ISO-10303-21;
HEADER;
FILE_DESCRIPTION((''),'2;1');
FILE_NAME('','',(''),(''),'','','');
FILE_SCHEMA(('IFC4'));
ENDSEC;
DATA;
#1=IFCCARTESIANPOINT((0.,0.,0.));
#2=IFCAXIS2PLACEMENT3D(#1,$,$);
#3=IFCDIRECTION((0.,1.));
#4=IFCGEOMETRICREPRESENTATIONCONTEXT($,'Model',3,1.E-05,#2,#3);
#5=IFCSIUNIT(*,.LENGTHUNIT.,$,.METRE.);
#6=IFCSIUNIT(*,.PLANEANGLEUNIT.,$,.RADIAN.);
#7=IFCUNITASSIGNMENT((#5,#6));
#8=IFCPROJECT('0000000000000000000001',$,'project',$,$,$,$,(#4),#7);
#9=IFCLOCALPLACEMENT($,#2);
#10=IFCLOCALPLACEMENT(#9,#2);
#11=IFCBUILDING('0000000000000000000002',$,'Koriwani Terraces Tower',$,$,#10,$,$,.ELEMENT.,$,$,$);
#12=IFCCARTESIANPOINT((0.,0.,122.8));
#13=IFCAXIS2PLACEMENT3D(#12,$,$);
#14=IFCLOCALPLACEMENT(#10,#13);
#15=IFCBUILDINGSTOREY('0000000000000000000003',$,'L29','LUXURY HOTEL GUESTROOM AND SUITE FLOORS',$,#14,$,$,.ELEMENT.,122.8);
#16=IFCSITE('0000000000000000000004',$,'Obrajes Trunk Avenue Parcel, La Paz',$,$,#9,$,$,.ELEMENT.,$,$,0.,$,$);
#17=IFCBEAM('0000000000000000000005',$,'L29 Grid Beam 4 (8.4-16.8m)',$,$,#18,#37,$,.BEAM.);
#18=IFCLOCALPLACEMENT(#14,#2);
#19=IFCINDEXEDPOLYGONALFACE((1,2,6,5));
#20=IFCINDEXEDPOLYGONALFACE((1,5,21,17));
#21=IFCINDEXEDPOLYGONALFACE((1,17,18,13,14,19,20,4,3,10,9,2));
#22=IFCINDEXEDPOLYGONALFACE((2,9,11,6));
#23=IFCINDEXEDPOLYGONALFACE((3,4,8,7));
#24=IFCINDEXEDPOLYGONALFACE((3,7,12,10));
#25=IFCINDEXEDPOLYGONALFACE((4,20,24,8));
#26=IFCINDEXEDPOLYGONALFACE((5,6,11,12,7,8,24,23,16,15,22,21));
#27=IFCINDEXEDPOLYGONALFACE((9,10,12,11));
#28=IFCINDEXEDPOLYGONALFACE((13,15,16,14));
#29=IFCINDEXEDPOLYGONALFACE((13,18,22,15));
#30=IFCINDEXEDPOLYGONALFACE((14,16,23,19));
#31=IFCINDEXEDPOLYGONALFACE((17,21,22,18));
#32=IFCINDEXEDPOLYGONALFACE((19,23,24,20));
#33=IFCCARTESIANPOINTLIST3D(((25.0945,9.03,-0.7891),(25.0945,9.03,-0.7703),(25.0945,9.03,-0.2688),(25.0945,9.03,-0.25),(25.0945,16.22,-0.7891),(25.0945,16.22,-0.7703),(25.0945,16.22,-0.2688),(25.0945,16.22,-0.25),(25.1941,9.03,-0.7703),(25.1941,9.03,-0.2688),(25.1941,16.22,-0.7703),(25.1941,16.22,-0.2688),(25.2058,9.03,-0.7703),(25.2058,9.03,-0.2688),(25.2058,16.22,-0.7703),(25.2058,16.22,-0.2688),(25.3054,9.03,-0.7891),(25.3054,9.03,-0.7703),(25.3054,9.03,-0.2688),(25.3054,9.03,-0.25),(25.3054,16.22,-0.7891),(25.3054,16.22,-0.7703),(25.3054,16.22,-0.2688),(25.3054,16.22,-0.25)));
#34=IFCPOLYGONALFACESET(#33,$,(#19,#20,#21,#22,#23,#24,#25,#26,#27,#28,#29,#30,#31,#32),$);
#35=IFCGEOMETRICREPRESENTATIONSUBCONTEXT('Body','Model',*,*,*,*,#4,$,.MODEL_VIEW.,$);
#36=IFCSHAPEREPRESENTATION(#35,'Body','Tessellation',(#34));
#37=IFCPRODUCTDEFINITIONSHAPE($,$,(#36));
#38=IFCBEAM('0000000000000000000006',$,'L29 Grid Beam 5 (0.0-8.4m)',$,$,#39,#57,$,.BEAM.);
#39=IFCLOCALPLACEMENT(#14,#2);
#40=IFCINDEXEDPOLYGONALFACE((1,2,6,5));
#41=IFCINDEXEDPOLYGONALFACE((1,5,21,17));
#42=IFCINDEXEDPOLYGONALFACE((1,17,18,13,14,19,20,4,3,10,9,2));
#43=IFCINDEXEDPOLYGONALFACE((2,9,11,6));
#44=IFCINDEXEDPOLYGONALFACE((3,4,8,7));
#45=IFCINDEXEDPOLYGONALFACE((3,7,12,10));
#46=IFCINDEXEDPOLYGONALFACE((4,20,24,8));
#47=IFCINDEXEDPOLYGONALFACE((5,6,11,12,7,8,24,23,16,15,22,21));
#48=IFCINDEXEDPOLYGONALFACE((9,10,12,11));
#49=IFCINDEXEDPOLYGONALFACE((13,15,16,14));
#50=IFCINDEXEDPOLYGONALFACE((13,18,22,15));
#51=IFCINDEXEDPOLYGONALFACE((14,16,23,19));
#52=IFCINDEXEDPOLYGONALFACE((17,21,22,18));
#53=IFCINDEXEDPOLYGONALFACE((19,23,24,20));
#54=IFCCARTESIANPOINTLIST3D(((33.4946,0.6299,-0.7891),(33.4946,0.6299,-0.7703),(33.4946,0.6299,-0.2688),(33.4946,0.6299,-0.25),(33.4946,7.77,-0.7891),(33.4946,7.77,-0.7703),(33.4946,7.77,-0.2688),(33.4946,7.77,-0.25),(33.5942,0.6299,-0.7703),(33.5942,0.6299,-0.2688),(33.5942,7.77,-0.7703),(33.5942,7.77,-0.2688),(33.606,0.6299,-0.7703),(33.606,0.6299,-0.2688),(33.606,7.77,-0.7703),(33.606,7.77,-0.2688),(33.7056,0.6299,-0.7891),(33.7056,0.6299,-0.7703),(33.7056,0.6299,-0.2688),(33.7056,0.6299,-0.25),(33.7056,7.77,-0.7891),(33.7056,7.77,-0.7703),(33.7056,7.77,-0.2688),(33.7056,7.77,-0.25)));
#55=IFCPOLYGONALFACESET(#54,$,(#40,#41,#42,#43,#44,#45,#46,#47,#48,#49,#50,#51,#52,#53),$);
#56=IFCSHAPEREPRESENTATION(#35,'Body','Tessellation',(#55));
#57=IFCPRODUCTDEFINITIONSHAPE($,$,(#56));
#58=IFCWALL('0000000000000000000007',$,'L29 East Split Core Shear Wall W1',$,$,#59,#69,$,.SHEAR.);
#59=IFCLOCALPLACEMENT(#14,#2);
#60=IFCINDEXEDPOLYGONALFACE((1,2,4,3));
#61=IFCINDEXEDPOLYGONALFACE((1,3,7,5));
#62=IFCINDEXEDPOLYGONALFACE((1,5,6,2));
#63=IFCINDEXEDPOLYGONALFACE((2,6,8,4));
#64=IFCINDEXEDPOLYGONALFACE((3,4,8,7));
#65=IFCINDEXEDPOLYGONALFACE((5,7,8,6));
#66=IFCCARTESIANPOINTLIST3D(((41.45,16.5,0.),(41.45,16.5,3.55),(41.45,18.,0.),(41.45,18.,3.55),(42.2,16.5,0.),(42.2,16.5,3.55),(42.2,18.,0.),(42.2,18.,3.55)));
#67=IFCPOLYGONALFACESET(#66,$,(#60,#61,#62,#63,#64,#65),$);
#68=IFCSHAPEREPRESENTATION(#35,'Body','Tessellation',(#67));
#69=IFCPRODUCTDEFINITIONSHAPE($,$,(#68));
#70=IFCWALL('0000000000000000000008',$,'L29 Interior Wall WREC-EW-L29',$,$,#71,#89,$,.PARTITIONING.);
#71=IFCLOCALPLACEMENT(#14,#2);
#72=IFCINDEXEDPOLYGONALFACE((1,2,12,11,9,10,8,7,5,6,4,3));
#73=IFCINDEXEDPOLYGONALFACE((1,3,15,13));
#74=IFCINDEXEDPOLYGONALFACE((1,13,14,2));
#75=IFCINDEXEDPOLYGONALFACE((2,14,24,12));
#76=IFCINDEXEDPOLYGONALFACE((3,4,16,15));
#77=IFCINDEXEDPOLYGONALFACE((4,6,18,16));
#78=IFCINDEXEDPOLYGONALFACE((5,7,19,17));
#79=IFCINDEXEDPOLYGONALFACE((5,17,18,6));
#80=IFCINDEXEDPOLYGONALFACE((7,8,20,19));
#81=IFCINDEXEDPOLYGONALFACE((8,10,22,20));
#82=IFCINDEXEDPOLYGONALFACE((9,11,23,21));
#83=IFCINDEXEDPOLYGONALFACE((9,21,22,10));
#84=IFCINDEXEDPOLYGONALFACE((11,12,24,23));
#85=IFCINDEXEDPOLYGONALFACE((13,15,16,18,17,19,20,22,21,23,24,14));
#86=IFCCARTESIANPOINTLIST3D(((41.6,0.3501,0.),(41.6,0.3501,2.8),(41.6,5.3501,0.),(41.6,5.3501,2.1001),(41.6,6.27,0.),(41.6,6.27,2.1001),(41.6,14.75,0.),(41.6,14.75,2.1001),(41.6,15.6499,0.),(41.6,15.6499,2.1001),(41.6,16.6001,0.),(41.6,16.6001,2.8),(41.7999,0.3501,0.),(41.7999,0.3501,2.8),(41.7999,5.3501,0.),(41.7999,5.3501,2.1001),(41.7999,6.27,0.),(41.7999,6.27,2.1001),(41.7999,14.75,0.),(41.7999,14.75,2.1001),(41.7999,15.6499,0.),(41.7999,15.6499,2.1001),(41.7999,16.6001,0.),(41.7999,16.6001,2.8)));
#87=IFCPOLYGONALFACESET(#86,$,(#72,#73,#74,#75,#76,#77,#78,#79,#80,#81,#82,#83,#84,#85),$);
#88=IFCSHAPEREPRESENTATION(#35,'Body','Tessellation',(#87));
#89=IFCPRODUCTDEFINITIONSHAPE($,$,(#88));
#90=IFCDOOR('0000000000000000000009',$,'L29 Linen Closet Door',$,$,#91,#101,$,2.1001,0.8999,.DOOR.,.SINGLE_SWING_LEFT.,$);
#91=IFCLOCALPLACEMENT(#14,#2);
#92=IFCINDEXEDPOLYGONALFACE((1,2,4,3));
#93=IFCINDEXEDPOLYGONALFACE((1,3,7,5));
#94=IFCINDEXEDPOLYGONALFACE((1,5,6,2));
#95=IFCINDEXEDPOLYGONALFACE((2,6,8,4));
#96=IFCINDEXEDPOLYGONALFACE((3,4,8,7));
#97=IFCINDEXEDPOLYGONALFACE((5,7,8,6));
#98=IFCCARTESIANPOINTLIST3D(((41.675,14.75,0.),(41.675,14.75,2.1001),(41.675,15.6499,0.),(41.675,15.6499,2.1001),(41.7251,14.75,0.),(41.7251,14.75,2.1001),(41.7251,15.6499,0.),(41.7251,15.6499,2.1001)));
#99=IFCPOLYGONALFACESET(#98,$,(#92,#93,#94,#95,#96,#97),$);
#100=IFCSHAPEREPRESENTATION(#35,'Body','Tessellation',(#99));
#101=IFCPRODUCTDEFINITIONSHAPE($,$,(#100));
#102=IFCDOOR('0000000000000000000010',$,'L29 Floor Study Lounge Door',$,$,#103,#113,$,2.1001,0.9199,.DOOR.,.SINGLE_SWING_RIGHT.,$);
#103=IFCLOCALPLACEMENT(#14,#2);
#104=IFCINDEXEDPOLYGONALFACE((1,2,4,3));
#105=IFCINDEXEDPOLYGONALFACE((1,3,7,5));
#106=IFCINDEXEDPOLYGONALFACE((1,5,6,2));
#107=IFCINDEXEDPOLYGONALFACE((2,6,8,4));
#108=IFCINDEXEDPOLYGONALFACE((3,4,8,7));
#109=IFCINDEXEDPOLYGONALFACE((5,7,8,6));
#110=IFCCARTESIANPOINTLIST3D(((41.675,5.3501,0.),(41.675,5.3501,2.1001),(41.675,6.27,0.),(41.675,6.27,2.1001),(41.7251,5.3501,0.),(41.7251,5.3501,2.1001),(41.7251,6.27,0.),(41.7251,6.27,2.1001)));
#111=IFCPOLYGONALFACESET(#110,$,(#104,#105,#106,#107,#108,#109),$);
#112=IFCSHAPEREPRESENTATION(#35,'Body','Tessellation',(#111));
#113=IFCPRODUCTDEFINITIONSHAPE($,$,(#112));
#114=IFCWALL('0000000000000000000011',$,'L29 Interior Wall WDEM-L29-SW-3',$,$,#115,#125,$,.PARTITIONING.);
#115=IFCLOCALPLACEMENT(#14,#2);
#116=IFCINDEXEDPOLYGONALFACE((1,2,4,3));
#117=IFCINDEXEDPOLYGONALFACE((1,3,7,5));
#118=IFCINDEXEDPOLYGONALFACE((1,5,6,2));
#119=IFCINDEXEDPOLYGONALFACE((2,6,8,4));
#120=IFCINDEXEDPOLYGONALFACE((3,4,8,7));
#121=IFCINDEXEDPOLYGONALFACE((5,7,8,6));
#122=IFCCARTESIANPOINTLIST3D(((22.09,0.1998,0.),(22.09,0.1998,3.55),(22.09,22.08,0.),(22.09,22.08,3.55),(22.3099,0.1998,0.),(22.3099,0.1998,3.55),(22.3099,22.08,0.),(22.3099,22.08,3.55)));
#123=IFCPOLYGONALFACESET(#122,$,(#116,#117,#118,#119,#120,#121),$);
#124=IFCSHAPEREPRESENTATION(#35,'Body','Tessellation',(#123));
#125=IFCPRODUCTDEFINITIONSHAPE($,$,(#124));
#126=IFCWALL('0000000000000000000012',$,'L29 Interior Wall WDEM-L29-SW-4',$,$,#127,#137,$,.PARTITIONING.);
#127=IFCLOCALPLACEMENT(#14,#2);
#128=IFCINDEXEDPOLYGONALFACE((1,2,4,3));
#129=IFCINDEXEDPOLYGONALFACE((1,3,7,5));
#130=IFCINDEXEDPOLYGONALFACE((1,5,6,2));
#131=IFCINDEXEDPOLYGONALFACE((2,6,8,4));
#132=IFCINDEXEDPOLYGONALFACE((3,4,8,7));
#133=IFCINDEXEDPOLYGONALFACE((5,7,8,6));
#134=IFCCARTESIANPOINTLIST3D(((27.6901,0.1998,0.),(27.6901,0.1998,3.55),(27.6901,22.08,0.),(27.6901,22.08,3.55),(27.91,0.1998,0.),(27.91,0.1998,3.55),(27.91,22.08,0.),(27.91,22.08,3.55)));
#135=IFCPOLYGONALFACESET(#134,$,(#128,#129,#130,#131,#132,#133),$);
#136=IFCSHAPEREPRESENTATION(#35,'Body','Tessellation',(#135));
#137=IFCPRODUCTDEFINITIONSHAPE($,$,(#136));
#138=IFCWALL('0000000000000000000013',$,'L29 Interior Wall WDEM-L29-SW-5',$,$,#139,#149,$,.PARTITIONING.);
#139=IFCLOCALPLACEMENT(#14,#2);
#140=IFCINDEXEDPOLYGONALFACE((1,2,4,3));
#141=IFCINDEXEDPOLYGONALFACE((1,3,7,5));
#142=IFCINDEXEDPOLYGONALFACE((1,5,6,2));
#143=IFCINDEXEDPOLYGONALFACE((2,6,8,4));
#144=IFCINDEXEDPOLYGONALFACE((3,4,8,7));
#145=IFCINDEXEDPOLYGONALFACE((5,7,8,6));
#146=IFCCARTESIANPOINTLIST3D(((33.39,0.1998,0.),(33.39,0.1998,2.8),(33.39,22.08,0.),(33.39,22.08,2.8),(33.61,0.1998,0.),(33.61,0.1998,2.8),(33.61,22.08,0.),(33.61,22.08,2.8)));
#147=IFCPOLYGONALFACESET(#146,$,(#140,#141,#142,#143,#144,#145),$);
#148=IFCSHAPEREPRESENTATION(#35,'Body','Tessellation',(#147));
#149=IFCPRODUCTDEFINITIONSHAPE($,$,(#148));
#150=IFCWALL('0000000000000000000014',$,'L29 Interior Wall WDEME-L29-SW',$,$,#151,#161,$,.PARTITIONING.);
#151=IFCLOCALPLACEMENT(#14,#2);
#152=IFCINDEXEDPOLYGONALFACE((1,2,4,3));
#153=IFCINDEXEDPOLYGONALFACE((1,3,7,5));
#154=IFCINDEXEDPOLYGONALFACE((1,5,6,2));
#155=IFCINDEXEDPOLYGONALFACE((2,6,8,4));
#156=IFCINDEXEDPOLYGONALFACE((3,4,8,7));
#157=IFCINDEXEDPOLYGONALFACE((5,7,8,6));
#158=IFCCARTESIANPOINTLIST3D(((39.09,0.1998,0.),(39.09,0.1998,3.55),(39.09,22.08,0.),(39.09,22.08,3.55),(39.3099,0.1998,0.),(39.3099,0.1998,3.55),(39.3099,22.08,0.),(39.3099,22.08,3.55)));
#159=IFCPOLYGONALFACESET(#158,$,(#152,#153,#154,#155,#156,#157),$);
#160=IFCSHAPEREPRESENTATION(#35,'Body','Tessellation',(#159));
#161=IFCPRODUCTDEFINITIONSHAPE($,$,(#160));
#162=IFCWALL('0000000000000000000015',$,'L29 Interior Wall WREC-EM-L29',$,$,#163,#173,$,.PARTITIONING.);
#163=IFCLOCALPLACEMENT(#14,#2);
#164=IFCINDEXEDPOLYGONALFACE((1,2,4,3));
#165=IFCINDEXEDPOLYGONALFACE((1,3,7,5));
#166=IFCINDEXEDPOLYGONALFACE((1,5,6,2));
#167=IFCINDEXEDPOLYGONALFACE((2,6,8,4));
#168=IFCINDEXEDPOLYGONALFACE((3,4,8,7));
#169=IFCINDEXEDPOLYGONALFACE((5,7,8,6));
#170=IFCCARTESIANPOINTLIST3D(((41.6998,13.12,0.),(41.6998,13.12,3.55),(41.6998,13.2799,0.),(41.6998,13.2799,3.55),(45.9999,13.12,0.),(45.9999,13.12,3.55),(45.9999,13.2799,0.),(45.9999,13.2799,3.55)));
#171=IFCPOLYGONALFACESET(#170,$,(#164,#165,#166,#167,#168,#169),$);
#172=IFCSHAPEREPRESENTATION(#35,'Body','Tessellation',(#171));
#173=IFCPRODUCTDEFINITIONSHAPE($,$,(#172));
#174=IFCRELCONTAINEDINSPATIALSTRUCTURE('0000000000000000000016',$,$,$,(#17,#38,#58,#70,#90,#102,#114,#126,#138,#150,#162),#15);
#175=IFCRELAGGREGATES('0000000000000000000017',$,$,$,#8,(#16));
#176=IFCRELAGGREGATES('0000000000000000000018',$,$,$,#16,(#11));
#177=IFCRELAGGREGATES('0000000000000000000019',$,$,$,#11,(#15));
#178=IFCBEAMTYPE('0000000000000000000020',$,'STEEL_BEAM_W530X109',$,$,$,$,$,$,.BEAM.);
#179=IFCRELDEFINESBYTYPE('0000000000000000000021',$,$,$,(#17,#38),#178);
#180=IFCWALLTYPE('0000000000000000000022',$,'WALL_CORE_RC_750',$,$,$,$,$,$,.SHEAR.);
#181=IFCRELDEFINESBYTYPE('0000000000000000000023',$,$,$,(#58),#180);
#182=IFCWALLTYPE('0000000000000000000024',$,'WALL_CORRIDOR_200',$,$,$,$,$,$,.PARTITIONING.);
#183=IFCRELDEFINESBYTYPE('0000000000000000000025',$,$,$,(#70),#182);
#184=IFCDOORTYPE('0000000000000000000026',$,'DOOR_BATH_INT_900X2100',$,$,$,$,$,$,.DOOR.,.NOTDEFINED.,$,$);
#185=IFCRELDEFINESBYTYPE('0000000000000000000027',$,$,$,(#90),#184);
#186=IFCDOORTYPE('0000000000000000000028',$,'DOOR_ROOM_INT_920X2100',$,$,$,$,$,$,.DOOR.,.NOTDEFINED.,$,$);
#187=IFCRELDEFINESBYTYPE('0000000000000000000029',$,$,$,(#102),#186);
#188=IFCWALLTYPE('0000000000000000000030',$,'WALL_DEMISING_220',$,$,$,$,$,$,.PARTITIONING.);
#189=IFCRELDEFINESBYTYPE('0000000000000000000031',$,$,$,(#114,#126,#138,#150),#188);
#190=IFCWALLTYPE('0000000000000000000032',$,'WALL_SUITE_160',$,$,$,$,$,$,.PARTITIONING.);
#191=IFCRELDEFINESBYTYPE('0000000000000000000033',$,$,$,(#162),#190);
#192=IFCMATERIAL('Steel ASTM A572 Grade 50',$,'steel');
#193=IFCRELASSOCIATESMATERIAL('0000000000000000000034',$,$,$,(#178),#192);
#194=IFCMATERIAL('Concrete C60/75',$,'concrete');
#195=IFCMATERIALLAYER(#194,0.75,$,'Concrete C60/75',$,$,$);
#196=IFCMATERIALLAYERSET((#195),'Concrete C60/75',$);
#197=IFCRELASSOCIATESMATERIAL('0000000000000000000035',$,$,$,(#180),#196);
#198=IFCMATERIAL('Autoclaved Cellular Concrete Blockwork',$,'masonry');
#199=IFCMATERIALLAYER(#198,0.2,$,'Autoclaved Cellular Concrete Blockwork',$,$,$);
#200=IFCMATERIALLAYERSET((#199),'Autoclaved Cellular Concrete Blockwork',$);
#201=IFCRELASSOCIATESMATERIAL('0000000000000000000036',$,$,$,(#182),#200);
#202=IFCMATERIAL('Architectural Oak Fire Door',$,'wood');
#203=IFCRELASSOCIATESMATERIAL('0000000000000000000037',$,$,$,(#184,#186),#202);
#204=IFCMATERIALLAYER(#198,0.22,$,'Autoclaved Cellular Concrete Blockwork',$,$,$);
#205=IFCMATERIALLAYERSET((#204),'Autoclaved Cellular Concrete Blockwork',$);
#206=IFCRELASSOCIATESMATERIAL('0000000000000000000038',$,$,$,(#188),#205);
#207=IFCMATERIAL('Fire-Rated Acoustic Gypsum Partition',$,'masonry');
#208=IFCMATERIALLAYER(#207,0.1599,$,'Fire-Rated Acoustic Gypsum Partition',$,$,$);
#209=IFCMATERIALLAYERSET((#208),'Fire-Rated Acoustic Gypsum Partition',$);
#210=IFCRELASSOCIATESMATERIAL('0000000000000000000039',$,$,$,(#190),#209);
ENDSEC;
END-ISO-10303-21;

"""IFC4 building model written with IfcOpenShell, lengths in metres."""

from ifc_helpers import new_model, si_unit, direction, frame, frame_2d, origin, origin_2d, place, context, subcontext, project, spatial, rectangle, i_section, extrude, material, layer, layer_set, material_profile, profile_set, type_object, element, fill, save


model = new_model("IFC4")

# Units and contexts
model_context = context("Model", 3, precision=1e-05, world=origin(), true_north=direction((0.0, 1.0)))
body_context = subcontext(model_context, "Body", "Model", "MODEL_VIEW")
ifc_project = project(units=[si_unit("LENGTHUNIT", "METRE"), si_unit("PLANEANGLEUNIT", "RADIAN")], contexts=[model_context])

# Site, building, storey
site_placement = place(None, origin())
site = spatial("IfcSite", under=ifc_project, at=site_placement, Name="Obrajes Trunk Avenue Parcel, La Paz", CompositionType="ELEMENT", RefElevation=0.0)
building_placement = place(site_placement, origin())
building = spatial("IfcBuilding", under=site, at=building_placement, Name="Koriwani Terraces Tower", CompositionType="ELEMENT")
storey_placement = place(building_placement, frame((0.0, 0.0, 122.8)))
storey = spatial("IfcBuildingStorey", under=building, at=storey_placement, Name="L29", Description="LUXURY HOTEL GUESTROOM AND SUITE FLOORS", CompositionType="ELEMENT", Elevation=122.8)

# Shared definitions
ifc_material_1 = material(Name="Concrete C60/75", Category="concrete")

# Beams
ifc_material_2 = material(Name="Steel ASTM A572 Grade 50", Category="steel")
ifc_material_profile_1 = material_profile(ifc_material_2, i_section(OverallWidth=0.2109, OverallDepth=0.5391, WebThickness=0.0117, FlangeThickness=0.0188, at=origin_2d()), Name="Steel ASTM A572 Grade 50", Category="LoadBearing")
ifc_profile_set_1 = profile_set([ifc_material_profile_1], Name="Steel ASTM A572 Grade 50")
beam_type_1 = type_object("IfcBeamType", Name="STEEL_BEAM_W530X109", PredefinedType="BEAM", material=ifc_profile_set_1)
beam_1_placement = place(storey_placement, frame((25.2, 9.03, -0.5195), z_axis=(0.0, 1.0, 0.0), x_axis=(-1.0, 0.0, 0.0)))
element("IfcBeam", 1, at=beam_1_placement, inside=storey, type_object=beam_type_1, Name="L29 Grid Beam 4 (8.4-16.8m)", PredefinedType="BEAM", context=body_context, shape_type="SweptSolid", body=[
    extrude(i_section(OverallWidth=0.2109, OverallDepth=0.5391, WebThickness=0.0117, FlangeThickness=0.0188, at=origin_2d()), origin(), (0.0, 0.0, 1.0), 7.1899),
])
beam_2_placement = place(storey_placement, frame((33.6001, 0.6299, -0.5195), z_axis=(0.0, 1.0, 0.0), x_axis=(-1.0, 0.0, 0.0)))
element("IfcBeam", 2, at=beam_2_placement, inside=storey, type_object=beam_type_1, Name="L29 Grid Beam 5 (0.0-8.4m)", PredefinedType="BEAM", context=body_context, shape_type="SweptSolid", body=[
    extrude(i_section(OverallWidth=0.2109, OverallDepth=0.5391, WebThickness=0.0117, FlangeThickness=0.0188, at=origin_2d()), origin(), (0.0, 0.0, 1.0), 7.1401),
])

# Wall
ifc_layer_1 = layer(ifc_material_1, 0.75, Name="Concrete C60/75")
ifc_layer_set_1 = layer_set([ifc_layer_1], Name="Concrete C60/75")
wall_type_1 = type_object("IfcWallType", Name="WALL_CORE_RC_750", PredefinedType="SHEAR", material=ifc_layer_set_1)
wall_1_placement = place(storey_placement, frame((41.825, 16.5, 0.0), z_axis=(0.0, 0.0, 1.0), x_axis=(0.0, 1.0, 0.0)))
element("IfcWall", 3, at=wall_1_placement, inside=storey, type_object=wall_type_1, Name="L29 East Split Core Shear Wall W1", PredefinedType="SHEAR", context=body_context, shape_type="SweptSolid", body=[
    extrude(rectangle(XDim=1.5, YDim=0.75, at=frame_2d((0.75, 0.0))), origin(), (0.0, 0.0, 1.0), 3.55),
])

# Wall, openings, doors
ifc_material_3 = material(Name="Autoclaved Cellular Concrete Blockwork", Category="masonry")
ifc_layer_2 = layer(ifc_material_3, 0.2, Name="Autoclaved Cellular Concrete Blockwork")
ifc_layer_set_2 = layer_set([ifc_layer_2], Name="Autoclaved Cellular Concrete Blockwork")
wall_type_2 = type_object("IfcWallType", Name="WALL_CORRIDOR_200", PredefinedType="PARTITIONING", material=ifc_layer_set_2)
wall_2_placement = place(storey_placement, frame((41.7, 0.3501, 0.0), z_axis=(0.0, 0.0, 1.0), x_axis=(0.0, 1.0, 0.0)))
wall_2 = element("IfcWall", 4, at=wall_2_placement, inside=storey, type_object=wall_type_2, Name="L29 Interior Wall WREC-EW-L29", PredefinedType="PARTITIONING", context=body_context, shape_type="SweptSolid", body=[
    extrude(rectangle(XDim=16.25, YDim=0.2, at=frame_2d((8.125, 0.0))), origin(), (0.0, 0.0, 1.0), 2.8),
])
opening_1_placement = place(wall_2_placement, frame((5.0, 0.0, 0.0)))
opening_1 = element("IfcOpeningElement", 5, at=opening_1_placement, cuts=wall_2, PredefinedType="OPENING", context=body_context, shape_type="SweptSolid", body=[
    extrude(rectangle(XDim=0.9199, YDim=2.1001, at=frame_2d((0.46, 1.05))), frame((0.0, 0.1099, 0.0), z_axis=(0.0, -1.0, 0.0), x_axis=(1.0, 0.0, 0.0)), (0.0, 0.0, 1.0), 0.22),
])
opening_2_placement = place(wall_2_placement, frame((14.3999, 0.0, 0.0)))
opening_2 = element("IfcOpeningElement", 6, at=opening_2_placement, cuts=wall_2, PredefinedType="OPENING", context=body_context, shape_type="SweptSolid", body=[
    extrude(rectangle(XDim=0.8999, YDim=2.1001, at=frame_2d((0.45, 1.05))), frame((0.0, 0.1099, 0.0), z_axis=(0.0, -1.0, 0.0), x_axis=(1.0, 0.0, 0.0)), (0.0, 0.0, 1.0), 0.22),
])
ifc_material_4 = material(Name="Architectural Oak Fire Door", Category="wood")
door_type_1 = type_object("IfcDoorType", Name="DOOR_BATH_INT_900X2100", OperationType="NOTDEFINED", PredefinedType="DOOR", material=ifc_material_4)
door_1_placement = place(opening_2_placement, origin())
door_1 = element("IfcDoor", 7, at=door_1_placement, inside=storey, type_object=door_type_1, Name="L29 Linen Closet Door", OperationType="SINGLE_SWING_LEFT", OverallHeight=2.1001, OverallWidth=0.8999, PredefinedType="DOOR", context=body_context, shape_type="SweptSolid", body=[
    extrude(rectangle(XDim=0.8999, YDim=2.1001, at=frame_2d((0.45, 1.05))), frame((0.0, 0.0249, 0.0), z_axis=(0.0, -1.0, 0.0), x_axis=(1.0, 0.0, 0.0)), (0.0, 0.0, 1.0), 0.05),
])
fill(opening_2, door_1)
door_type_2 = type_object("IfcDoorType", Name="DOOR_ROOM_INT_920X2100", OperationType="NOTDEFINED", PredefinedType="DOOR", material=ifc_material_4)
door_2_placement = place(opening_1_placement, origin())
door_2 = element("IfcDoor", 8, at=door_2_placement, inside=storey, type_object=door_type_2, Name="L29 Floor Study Lounge Door", OperationType="SINGLE_SWING_RIGHT", OverallHeight=2.1001, OverallWidth=0.9199, PredefinedType="DOOR", context=body_context, shape_type="SweptSolid", body=[
    extrude(rectangle(XDim=0.9199, YDim=2.1001, at=frame_2d((0.46, 1.05))), frame((0.0, 0.0249, 0.0), z_axis=(0.0, -1.0, 0.0), x_axis=(1.0, 0.0, 0.0)), (0.0, 0.0, 1.0), 0.05),
])
fill(opening_1, door_2)

# Walls
ifc_layer_3 = layer(ifc_material_3, 0.22, Name="Autoclaved Cellular Concrete Blockwork")
ifc_layer_set_3 = layer_set([ifc_layer_3], Name="Autoclaved Cellular Concrete Blockwork")
wall_type_3 = type_object("IfcWallType", Name="WALL_DEMISING_220", PredefinedType="PARTITIONING", material=ifc_layer_set_3)
for number, where, z_axis, x_axis, name in (
    (9, (22.2, 0.2, 0.0), (0.0, 0.0, 1.0), (0.0, 1.0, 0.0), "L29 Interior Wall WDEM-L29-SW-3"),
    (10, (27.8, 0.2, 0.0), (0.0, 0.0, 1.0), (0.0, 1.0, 0.0), "L29 Interior Wall WDEM-L29-SW-4"),
):
    element("IfcWall", number, at=place(storey_placement, frame(where, z_axis=z_axis, x_axis=x_axis)), inside=storey, type_object=wall_type_3, Name=name, PredefinedType="PARTITIONING", context=body_context, shape_type="SweptSolid", body=[
        extrude(rectangle(XDim=21.8801, YDim=0.22, at=frame_2d((10.9399, 0.0))), origin(), (0.0, 0.0, 1.0), 3.55),
    ])
wall_3_placement = place(storey_placement, frame((33.5, 0.2, 0.0), z_axis=(0.0, 0.0, 1.0), x_axis=(0.0, 1.0, 0.0)))
element("IfcWall", 11, at=wall_3_placement, inside=storey, type_object=wall_type_3, Name="L29 Interior Wall WDEM-L29-SW-5", PredefinedType="PARTITIONING", context=body_context, shape_type="SweptSolid", body=[
    extrude(rectangle(XDim=21.8801, YDim=0.22, at=frame_2d((10.9399, 0.0))), origin(), (0.0, 0.0, 1.0), 2.8),
])
wall_4_placement = place(storey_placement, frame((39.2, 0.2, 0.0), z_axis=(0.0, 0.0, 1.0), x_axis=(0.0, 1.0, 0.0)))
element("IfcWall", 12, at=wall_4_placement, inside=storey, type_object=wall_type_3, Name="L29 Interior Wall WDEME-L29-SW", PredefinedType="PARTITIONING", context=body_context, shape_type="SweptSolid", body=[
    extrude(rectangle(XDim=21.8801, YDim=0.22, at=frame_2d((10.9399, 0.0))), origin(), (0.0, 0.0, 1.0), 3.55),
])
ifc_material_5 = material(Name="Fire-Rated Acoustic Gypsum Partition", Category="masonry")
ifc_layer_4 = layer(ifc_material_5, 0.1599, Name="Fire-Rated Acoustic Gypsum Partition")
ifc_layer_set_4 = layer_set([ifc_layer_4], Name="Fire-Rated Acoustic Gypsum Partition")
wall_type_4 = type_object("IfcWallType", Name="WALL_SUITE_160", PredefinedType="PARTITIONING", material=ifc_layer_set_4)
wall_5_placement = place(storey_placement, frame((41.7, 13.2, 0.0), z_axis=(0.0, 0.0, 1.0), x_axis=(1.0, 0.0, 0.0)))
element("IfcWall", 13, at=wall_5_placement, inside=storey, type_object=wall_type_4, Name="L29 Interior Wall WREC-EM-L29", PredefinedType="PARTITIONING", context=body_context, shape_type="SweptSolid", body=[
    extrude(rectangle(XDim=4.3, YDim=0.1599, at=frame_2d((2.1499, 0.0))), origin(), (0.0, 0.0, 1.0), 3.55),
])

save(model, "model.ifc")
